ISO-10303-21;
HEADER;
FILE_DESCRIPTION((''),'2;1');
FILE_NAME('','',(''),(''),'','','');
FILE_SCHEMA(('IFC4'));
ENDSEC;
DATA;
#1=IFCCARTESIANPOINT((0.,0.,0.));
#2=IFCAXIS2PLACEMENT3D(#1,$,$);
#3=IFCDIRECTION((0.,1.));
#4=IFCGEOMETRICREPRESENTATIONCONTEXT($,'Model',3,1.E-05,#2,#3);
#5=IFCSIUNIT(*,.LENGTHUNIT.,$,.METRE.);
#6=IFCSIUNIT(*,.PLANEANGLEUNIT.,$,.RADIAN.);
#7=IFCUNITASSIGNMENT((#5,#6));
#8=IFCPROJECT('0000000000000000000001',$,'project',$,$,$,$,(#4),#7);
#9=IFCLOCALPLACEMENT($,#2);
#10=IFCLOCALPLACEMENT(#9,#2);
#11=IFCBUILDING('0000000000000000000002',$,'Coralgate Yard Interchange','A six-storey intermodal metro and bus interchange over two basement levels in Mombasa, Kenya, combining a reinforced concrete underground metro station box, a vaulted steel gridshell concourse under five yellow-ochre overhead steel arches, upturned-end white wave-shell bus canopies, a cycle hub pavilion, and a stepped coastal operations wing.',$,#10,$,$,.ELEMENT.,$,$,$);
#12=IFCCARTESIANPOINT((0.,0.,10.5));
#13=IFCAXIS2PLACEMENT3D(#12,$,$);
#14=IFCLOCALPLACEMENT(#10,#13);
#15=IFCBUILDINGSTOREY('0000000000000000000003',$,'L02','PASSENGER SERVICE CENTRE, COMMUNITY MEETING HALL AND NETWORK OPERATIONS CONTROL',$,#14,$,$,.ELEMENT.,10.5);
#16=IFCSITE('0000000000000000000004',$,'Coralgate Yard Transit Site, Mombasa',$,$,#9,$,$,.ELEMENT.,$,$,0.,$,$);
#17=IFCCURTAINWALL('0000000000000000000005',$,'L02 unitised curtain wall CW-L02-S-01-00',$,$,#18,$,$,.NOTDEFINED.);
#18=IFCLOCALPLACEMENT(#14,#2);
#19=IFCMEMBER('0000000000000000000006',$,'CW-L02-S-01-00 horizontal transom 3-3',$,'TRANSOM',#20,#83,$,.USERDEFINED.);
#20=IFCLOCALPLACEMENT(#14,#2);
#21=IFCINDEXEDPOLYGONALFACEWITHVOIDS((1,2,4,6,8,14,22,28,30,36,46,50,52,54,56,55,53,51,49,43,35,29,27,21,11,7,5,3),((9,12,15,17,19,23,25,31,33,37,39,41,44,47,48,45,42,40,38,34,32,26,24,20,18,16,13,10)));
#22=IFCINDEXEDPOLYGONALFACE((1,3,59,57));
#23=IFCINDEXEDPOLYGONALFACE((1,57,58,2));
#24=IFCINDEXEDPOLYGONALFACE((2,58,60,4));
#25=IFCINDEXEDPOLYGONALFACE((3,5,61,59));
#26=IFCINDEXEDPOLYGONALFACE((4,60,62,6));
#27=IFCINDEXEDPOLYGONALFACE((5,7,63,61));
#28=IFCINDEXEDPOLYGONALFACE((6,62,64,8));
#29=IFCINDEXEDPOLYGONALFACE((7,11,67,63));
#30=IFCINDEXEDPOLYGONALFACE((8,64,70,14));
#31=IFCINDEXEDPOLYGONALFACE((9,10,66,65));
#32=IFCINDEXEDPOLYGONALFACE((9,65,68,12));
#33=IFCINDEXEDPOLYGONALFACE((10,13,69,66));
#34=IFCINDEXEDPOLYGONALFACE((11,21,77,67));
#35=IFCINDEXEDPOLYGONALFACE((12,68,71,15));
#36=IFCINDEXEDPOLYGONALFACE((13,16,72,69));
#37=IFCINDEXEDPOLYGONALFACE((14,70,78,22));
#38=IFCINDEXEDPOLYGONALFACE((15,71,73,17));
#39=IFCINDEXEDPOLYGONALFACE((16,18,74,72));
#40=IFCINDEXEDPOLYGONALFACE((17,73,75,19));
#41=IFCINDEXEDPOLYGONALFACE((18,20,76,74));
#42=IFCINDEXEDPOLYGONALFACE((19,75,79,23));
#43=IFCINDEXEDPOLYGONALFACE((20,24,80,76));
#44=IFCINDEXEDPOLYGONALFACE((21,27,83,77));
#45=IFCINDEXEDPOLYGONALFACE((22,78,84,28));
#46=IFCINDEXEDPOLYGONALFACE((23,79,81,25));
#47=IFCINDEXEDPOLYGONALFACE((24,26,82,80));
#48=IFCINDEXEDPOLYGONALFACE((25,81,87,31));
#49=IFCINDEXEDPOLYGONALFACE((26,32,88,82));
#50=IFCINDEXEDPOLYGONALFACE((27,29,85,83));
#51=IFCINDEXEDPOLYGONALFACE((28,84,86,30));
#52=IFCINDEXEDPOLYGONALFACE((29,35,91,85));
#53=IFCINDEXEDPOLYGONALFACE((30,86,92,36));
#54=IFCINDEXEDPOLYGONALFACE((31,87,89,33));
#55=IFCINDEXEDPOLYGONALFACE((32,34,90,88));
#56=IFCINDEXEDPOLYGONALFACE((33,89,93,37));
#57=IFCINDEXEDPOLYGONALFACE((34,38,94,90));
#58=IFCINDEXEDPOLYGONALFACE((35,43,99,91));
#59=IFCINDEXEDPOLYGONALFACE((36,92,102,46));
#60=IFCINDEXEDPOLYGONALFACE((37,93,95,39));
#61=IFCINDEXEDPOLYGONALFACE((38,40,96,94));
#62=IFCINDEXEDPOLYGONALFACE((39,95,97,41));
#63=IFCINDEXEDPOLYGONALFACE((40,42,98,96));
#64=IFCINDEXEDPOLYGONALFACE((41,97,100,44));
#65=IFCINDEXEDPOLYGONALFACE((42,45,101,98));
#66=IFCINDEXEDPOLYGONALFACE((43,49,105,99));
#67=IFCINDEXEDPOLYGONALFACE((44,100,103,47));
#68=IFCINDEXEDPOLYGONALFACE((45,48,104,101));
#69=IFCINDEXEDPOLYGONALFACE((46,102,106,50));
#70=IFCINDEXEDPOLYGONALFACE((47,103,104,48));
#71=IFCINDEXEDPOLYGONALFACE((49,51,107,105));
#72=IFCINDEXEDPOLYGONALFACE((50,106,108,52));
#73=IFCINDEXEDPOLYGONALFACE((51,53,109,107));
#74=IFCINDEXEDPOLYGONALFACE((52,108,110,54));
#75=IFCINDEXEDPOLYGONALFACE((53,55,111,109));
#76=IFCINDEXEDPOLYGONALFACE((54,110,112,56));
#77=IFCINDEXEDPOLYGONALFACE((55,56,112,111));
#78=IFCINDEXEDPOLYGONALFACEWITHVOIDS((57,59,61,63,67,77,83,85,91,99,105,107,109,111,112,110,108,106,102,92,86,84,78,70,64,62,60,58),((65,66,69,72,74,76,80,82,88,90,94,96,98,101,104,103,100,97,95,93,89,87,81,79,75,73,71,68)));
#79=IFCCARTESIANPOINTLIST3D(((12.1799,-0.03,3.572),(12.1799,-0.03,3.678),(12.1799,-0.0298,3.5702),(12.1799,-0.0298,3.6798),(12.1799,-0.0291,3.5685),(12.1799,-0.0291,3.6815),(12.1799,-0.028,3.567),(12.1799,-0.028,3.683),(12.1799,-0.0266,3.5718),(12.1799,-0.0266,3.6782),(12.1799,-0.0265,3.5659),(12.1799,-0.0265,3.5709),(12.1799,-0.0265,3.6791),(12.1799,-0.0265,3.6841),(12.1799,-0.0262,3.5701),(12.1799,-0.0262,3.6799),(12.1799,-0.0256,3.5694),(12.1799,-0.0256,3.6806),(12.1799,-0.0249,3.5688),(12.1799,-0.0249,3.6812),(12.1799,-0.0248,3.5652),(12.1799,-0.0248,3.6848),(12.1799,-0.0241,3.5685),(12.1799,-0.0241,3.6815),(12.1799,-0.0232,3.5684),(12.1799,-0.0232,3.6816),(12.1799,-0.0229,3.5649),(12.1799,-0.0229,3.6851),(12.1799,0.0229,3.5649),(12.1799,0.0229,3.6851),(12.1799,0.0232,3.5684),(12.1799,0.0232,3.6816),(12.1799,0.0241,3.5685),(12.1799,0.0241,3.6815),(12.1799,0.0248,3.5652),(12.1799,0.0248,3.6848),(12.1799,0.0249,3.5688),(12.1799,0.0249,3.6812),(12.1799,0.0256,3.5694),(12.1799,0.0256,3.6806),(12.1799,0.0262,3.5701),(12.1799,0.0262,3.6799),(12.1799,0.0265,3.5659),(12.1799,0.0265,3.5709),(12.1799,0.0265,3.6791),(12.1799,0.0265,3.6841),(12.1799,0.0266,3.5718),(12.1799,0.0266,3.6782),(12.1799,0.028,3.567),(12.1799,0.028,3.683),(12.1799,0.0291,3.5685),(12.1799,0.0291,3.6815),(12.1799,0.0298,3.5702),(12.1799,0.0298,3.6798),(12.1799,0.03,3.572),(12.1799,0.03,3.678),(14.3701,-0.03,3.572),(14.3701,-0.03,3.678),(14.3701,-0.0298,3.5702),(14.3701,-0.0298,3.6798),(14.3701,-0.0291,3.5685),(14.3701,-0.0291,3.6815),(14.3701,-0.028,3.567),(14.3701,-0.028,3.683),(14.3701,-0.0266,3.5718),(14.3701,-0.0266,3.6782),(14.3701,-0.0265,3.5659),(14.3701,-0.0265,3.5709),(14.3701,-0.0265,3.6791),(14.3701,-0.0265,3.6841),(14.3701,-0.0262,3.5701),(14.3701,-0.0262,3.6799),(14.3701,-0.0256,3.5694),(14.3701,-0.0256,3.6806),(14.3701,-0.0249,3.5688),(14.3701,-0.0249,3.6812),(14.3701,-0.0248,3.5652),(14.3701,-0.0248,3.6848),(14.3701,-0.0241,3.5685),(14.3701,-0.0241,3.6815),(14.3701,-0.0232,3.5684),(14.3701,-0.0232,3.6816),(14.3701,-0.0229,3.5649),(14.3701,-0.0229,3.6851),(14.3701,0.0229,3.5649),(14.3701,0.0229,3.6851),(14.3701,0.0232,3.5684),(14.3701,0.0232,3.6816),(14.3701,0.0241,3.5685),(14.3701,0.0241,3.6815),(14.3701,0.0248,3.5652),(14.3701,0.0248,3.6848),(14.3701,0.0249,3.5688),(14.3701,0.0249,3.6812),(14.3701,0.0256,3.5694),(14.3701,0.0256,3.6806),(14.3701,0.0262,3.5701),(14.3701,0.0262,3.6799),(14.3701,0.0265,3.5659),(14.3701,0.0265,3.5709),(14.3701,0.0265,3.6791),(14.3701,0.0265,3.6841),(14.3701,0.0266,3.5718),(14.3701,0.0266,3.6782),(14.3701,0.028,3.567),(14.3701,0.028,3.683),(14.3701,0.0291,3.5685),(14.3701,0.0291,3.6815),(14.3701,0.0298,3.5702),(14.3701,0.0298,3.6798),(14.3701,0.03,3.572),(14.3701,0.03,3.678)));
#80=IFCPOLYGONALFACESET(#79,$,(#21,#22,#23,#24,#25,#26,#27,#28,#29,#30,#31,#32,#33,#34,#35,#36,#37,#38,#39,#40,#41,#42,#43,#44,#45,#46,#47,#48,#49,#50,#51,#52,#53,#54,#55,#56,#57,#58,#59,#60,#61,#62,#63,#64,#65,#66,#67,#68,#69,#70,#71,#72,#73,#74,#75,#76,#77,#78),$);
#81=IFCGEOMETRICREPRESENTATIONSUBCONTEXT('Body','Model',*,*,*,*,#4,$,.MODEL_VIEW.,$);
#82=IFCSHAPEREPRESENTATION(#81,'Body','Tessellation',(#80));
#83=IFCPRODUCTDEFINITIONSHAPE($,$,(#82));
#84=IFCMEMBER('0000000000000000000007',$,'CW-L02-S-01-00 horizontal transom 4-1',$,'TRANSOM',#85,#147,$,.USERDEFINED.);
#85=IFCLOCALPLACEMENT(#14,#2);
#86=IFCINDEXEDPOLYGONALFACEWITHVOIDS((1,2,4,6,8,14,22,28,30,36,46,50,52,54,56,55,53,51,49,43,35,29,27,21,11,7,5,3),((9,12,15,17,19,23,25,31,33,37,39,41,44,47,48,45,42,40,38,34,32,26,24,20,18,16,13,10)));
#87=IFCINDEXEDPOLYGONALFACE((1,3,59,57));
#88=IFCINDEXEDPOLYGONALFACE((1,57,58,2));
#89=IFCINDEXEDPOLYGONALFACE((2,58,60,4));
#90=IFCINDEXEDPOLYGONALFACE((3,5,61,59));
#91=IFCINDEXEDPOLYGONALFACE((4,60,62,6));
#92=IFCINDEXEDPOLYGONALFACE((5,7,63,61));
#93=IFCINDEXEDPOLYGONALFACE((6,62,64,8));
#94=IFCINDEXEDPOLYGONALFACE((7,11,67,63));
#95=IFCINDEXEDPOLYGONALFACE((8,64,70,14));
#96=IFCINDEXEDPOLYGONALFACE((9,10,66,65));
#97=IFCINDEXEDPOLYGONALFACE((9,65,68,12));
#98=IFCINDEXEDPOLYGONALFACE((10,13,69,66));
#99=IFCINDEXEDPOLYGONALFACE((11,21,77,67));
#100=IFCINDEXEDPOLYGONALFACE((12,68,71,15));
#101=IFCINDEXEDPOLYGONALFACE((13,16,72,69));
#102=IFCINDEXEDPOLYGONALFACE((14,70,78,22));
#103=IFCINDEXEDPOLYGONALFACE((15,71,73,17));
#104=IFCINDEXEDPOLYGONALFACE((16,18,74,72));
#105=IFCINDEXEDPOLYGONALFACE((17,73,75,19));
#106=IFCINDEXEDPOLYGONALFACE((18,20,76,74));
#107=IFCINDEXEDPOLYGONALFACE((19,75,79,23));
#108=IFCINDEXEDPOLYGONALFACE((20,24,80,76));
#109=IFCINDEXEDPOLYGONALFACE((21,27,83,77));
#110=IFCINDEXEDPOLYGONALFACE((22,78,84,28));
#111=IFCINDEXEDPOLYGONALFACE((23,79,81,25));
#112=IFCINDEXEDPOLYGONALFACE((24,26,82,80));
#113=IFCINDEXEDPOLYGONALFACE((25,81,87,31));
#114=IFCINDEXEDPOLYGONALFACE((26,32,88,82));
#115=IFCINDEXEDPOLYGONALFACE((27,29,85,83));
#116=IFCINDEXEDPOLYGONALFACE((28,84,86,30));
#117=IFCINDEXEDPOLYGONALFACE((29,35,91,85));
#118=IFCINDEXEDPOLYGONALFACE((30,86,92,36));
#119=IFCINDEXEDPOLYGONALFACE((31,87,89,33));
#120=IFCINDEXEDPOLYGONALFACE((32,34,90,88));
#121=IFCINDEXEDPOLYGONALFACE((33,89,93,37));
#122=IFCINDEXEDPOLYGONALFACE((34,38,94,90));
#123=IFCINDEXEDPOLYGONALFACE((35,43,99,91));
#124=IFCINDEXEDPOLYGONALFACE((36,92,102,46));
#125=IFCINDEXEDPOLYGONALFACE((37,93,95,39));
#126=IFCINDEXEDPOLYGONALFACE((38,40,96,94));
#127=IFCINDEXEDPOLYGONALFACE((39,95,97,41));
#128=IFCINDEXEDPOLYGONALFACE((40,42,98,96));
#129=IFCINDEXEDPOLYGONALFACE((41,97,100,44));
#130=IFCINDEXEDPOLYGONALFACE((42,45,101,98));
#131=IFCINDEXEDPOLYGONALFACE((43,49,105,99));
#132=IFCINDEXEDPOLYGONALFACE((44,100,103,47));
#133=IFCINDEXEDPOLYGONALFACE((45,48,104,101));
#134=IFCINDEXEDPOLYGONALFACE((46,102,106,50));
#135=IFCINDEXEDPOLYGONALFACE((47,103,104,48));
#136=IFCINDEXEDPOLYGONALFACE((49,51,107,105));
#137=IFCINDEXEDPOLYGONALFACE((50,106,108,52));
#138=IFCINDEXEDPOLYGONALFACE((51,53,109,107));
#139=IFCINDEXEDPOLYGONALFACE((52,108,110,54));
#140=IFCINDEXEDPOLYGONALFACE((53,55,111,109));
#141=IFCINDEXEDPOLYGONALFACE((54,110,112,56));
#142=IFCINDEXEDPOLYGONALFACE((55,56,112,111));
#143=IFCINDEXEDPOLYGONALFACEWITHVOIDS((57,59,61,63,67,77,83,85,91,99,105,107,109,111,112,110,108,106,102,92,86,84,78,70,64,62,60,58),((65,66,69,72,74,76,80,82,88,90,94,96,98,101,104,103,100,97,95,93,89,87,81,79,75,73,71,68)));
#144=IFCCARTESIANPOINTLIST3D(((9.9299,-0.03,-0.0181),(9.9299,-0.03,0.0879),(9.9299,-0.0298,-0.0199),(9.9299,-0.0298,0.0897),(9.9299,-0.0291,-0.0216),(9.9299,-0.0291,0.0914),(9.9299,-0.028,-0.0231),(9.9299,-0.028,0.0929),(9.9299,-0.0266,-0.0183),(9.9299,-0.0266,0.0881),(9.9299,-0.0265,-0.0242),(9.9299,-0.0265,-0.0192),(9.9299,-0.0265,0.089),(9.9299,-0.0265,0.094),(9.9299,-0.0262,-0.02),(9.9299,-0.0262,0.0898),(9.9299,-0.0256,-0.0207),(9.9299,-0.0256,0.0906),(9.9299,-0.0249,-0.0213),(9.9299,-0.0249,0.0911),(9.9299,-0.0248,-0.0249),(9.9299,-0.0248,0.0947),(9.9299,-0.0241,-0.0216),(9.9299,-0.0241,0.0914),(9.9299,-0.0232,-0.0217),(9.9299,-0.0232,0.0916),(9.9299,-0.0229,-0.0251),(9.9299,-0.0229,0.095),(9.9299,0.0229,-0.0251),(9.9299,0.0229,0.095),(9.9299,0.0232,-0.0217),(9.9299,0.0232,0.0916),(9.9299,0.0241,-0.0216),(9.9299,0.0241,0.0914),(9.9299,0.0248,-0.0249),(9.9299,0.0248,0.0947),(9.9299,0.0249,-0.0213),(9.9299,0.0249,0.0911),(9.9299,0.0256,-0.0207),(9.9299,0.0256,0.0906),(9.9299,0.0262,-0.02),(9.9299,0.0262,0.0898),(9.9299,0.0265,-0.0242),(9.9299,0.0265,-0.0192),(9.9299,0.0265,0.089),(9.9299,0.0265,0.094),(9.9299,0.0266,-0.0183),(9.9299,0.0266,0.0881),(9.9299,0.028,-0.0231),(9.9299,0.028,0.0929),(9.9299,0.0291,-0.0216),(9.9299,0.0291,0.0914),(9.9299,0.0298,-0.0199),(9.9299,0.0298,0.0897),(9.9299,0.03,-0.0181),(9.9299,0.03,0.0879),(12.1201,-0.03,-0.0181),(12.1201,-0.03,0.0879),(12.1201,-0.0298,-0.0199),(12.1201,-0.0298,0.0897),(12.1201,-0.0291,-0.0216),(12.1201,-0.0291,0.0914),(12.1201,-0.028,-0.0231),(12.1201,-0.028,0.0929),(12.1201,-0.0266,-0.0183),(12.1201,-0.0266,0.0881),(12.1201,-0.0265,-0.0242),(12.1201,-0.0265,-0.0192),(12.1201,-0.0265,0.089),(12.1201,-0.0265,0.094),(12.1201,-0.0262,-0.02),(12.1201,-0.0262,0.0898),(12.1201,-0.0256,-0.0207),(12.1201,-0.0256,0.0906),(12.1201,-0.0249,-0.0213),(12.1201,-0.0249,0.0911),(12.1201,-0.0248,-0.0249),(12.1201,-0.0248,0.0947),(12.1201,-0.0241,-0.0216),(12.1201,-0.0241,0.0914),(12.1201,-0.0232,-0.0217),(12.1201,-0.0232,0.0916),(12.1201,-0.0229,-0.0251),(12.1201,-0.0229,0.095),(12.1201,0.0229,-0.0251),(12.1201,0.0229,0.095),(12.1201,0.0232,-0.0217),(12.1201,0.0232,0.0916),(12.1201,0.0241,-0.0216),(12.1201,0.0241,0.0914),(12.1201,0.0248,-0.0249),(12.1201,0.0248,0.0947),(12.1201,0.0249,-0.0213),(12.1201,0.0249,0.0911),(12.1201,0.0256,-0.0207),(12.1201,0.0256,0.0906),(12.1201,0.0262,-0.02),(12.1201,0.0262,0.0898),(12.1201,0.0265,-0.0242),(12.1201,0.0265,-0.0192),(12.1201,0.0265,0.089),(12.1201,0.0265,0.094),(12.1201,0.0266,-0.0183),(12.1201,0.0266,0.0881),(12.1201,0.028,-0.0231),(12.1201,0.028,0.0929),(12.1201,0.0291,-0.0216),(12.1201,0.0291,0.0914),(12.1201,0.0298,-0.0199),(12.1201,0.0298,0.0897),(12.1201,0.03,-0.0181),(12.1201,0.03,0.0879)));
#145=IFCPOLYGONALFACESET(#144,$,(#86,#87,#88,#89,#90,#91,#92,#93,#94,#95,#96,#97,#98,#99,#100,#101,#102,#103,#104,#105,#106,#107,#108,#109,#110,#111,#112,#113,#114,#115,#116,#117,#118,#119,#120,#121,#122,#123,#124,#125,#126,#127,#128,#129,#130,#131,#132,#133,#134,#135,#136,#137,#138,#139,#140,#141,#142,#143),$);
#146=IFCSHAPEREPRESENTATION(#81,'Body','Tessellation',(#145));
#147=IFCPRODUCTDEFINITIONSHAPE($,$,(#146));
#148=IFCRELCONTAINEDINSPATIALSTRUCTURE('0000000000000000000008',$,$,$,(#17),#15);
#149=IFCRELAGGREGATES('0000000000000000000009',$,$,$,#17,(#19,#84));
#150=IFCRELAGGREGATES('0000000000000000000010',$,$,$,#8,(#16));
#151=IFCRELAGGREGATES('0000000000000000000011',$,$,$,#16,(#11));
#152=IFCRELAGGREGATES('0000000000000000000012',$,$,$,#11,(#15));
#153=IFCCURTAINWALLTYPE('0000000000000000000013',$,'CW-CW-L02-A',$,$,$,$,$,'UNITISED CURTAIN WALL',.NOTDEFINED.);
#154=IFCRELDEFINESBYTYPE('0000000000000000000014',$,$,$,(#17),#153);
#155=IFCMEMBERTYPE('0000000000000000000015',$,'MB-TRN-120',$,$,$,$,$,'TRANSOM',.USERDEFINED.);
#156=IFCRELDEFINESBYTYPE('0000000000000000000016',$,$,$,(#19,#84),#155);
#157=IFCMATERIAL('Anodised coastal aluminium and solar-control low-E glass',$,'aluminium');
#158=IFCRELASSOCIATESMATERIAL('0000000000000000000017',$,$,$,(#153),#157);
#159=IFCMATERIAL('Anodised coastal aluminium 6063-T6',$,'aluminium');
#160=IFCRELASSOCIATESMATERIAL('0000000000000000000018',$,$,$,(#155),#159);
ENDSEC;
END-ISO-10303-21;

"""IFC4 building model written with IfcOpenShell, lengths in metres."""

from ifc_helpers import new_model, si_unit, direction, frame, origin, origin_2d, place, context, subcontext, project, spatial, hollow_rectangle, extrude, material, material_profile, profile_set, type_object, element, aggregate, save


model = new_model("IFC4")

# Units and contexts
model_context = context("Model", 3, precision=1e-05, world=origin(), true_north=direction((0.0, 1.0)))
body_context = subcontext(model_context, "Body", "Model", "MODEL_VIEW")
ifc_project = project(units=[si_unit("LENGTHUNIT", "METRE"), si_unit("PLANEANGLEUNIT", "RADIAN")], contexts=[model_context])

# Site, building, storey
site_placement = place(None, origin())
site = spatial("IfcSite", under=ifc_project, at=site_placement, Name="Coralgate Yard Transit Site, Mombasa", CompositionType="ELEMENT", RefElevation=0.0)
building_placement = place(site_placement, origin())
building = spatial("IfcBuilding", under=site, at=building_placement, Name="Coralgate Yard Interchange", Description="A six-storey intermodal metro and bus interchange over two basement levels in Mombasa, Kenya, combining a reinforced concrete underground metro station box, a vaulted steel gridshell concourse under five yellow-ochre overhead steel arches, upturned-end white wave-shell bus canopies, a cycle hub pavilion, and a stepped coastal operations wing.", CompositionType="ELEMENT")
storey_placement = place(building_placement, frame((0.0, 0.0, 10.5)))
storey = spatial("IfcBuildingStorey", under=building, at=storey_placement, Name="L02", Description="PASSENGER SERVICE CENTRE, COMMUNITY MEETING HALL AND NETWORK OPERATIONS CONTROL", CompositionType="ELEMENT", Elevation=10.5)

# Curtain wall, members
ifc_material_1 = material(Name="Anodised coastal aluminium and solar-control low-E glass", Category="aluminium")
curtain_wall_type = type_object("IfcCurtainWallType", Name="CW-CW-L02-A", ElementType="UNITISED CURTAIN WALL", PredefinedType="NOTDEFINED", material=ifc_material_1)
curtain_wall_placement = place(storey_placement, origin())
curtain_wall = element("IfcCurtainWall", 1, at=curtain_wall_placement, inside=storey, type_object=curtain_wall_type, Name="L02 unitised curtain wall CW-L02-S-01-00", PredefinedType="NOTDEFINED")
ifc_material_2 = material(Name="Anodised coastal aluminium 6063-T6", Category="aluminium")
ifc_material_profile_1 = material_profile(ifc_material_2, hollow_rectangle(XDim=0.0601, YDim=0.1201, WallThickness=0.0034, InnerFilletRadius=0.0034, OuterFilletRadius=0.0071, at=origin_2d()), Name="ALU 60x120x3.5")
ifc_profile_set_1 = profile_set([ifc_material_profile_1], Name="Anodised coastal aluminium 6063-T6")
member_type_1 = type_object("IfcMemberType", Name="MB-TRN-120", ElementType="TRANSOM", PredefinedType="USERDEFINED", material=ifc_profile_set_1)
member_1_placement = place(storey_placement, frame((14.3701, 0.0, 3.625), z_axis=(-1.0, 0.0, 0.0), x_axis=(0.0, -1.0, 0.0)))
member_1 = element("IfcMember", 2, at=member_1_placement, type_object=member_type_1, Name="CW-L02-S-01-00 horizontal transom 3-3", ObjectType="TRANSOM", PredefinedType="USERDEFINED", context=body_context, shape_type="SweptSolid", body=[
    extrude(hollow_rectangle(XDim=0.0601, YDim=0.1201, WallThickness=0.0034, InnerFilletRadius=0.0034, OuterFilletRadius=0.0071, at=origin_2d()), origin(), (0.0, 0.0, 1.0), 2.1902),
])
member_2_placement = place(storey_placement, frame((12.1201, 0.0, 0.0349), z_axis=(-1.0, 0.0, 0.0), x_axis=(0.0, -1.0, 0.0)))
member_2 = element("IfcMember", 3, at=member_2_placement, type_object=member_type_1, Name="CW-L02-S-01-00 horizontal transom 4-1", ObjectType="TRANSOM", PredefinedType="USERDEFINED", context=body_context, shape_type="SweptSolid", body=[
    extrude(hollow_rectangle(XDim=0.0601, YDim=0.1201, WallThickness=0.0034, InnerFilletRadius=0.0034, OuterFilletRadius=0.0071, at=origin_2d()), origin(), (0.0, 0.0, 1.0), 2.1902),
])
aggregate(curtain_wall, [member_1, member_2])

save(model, "model.ifc")
